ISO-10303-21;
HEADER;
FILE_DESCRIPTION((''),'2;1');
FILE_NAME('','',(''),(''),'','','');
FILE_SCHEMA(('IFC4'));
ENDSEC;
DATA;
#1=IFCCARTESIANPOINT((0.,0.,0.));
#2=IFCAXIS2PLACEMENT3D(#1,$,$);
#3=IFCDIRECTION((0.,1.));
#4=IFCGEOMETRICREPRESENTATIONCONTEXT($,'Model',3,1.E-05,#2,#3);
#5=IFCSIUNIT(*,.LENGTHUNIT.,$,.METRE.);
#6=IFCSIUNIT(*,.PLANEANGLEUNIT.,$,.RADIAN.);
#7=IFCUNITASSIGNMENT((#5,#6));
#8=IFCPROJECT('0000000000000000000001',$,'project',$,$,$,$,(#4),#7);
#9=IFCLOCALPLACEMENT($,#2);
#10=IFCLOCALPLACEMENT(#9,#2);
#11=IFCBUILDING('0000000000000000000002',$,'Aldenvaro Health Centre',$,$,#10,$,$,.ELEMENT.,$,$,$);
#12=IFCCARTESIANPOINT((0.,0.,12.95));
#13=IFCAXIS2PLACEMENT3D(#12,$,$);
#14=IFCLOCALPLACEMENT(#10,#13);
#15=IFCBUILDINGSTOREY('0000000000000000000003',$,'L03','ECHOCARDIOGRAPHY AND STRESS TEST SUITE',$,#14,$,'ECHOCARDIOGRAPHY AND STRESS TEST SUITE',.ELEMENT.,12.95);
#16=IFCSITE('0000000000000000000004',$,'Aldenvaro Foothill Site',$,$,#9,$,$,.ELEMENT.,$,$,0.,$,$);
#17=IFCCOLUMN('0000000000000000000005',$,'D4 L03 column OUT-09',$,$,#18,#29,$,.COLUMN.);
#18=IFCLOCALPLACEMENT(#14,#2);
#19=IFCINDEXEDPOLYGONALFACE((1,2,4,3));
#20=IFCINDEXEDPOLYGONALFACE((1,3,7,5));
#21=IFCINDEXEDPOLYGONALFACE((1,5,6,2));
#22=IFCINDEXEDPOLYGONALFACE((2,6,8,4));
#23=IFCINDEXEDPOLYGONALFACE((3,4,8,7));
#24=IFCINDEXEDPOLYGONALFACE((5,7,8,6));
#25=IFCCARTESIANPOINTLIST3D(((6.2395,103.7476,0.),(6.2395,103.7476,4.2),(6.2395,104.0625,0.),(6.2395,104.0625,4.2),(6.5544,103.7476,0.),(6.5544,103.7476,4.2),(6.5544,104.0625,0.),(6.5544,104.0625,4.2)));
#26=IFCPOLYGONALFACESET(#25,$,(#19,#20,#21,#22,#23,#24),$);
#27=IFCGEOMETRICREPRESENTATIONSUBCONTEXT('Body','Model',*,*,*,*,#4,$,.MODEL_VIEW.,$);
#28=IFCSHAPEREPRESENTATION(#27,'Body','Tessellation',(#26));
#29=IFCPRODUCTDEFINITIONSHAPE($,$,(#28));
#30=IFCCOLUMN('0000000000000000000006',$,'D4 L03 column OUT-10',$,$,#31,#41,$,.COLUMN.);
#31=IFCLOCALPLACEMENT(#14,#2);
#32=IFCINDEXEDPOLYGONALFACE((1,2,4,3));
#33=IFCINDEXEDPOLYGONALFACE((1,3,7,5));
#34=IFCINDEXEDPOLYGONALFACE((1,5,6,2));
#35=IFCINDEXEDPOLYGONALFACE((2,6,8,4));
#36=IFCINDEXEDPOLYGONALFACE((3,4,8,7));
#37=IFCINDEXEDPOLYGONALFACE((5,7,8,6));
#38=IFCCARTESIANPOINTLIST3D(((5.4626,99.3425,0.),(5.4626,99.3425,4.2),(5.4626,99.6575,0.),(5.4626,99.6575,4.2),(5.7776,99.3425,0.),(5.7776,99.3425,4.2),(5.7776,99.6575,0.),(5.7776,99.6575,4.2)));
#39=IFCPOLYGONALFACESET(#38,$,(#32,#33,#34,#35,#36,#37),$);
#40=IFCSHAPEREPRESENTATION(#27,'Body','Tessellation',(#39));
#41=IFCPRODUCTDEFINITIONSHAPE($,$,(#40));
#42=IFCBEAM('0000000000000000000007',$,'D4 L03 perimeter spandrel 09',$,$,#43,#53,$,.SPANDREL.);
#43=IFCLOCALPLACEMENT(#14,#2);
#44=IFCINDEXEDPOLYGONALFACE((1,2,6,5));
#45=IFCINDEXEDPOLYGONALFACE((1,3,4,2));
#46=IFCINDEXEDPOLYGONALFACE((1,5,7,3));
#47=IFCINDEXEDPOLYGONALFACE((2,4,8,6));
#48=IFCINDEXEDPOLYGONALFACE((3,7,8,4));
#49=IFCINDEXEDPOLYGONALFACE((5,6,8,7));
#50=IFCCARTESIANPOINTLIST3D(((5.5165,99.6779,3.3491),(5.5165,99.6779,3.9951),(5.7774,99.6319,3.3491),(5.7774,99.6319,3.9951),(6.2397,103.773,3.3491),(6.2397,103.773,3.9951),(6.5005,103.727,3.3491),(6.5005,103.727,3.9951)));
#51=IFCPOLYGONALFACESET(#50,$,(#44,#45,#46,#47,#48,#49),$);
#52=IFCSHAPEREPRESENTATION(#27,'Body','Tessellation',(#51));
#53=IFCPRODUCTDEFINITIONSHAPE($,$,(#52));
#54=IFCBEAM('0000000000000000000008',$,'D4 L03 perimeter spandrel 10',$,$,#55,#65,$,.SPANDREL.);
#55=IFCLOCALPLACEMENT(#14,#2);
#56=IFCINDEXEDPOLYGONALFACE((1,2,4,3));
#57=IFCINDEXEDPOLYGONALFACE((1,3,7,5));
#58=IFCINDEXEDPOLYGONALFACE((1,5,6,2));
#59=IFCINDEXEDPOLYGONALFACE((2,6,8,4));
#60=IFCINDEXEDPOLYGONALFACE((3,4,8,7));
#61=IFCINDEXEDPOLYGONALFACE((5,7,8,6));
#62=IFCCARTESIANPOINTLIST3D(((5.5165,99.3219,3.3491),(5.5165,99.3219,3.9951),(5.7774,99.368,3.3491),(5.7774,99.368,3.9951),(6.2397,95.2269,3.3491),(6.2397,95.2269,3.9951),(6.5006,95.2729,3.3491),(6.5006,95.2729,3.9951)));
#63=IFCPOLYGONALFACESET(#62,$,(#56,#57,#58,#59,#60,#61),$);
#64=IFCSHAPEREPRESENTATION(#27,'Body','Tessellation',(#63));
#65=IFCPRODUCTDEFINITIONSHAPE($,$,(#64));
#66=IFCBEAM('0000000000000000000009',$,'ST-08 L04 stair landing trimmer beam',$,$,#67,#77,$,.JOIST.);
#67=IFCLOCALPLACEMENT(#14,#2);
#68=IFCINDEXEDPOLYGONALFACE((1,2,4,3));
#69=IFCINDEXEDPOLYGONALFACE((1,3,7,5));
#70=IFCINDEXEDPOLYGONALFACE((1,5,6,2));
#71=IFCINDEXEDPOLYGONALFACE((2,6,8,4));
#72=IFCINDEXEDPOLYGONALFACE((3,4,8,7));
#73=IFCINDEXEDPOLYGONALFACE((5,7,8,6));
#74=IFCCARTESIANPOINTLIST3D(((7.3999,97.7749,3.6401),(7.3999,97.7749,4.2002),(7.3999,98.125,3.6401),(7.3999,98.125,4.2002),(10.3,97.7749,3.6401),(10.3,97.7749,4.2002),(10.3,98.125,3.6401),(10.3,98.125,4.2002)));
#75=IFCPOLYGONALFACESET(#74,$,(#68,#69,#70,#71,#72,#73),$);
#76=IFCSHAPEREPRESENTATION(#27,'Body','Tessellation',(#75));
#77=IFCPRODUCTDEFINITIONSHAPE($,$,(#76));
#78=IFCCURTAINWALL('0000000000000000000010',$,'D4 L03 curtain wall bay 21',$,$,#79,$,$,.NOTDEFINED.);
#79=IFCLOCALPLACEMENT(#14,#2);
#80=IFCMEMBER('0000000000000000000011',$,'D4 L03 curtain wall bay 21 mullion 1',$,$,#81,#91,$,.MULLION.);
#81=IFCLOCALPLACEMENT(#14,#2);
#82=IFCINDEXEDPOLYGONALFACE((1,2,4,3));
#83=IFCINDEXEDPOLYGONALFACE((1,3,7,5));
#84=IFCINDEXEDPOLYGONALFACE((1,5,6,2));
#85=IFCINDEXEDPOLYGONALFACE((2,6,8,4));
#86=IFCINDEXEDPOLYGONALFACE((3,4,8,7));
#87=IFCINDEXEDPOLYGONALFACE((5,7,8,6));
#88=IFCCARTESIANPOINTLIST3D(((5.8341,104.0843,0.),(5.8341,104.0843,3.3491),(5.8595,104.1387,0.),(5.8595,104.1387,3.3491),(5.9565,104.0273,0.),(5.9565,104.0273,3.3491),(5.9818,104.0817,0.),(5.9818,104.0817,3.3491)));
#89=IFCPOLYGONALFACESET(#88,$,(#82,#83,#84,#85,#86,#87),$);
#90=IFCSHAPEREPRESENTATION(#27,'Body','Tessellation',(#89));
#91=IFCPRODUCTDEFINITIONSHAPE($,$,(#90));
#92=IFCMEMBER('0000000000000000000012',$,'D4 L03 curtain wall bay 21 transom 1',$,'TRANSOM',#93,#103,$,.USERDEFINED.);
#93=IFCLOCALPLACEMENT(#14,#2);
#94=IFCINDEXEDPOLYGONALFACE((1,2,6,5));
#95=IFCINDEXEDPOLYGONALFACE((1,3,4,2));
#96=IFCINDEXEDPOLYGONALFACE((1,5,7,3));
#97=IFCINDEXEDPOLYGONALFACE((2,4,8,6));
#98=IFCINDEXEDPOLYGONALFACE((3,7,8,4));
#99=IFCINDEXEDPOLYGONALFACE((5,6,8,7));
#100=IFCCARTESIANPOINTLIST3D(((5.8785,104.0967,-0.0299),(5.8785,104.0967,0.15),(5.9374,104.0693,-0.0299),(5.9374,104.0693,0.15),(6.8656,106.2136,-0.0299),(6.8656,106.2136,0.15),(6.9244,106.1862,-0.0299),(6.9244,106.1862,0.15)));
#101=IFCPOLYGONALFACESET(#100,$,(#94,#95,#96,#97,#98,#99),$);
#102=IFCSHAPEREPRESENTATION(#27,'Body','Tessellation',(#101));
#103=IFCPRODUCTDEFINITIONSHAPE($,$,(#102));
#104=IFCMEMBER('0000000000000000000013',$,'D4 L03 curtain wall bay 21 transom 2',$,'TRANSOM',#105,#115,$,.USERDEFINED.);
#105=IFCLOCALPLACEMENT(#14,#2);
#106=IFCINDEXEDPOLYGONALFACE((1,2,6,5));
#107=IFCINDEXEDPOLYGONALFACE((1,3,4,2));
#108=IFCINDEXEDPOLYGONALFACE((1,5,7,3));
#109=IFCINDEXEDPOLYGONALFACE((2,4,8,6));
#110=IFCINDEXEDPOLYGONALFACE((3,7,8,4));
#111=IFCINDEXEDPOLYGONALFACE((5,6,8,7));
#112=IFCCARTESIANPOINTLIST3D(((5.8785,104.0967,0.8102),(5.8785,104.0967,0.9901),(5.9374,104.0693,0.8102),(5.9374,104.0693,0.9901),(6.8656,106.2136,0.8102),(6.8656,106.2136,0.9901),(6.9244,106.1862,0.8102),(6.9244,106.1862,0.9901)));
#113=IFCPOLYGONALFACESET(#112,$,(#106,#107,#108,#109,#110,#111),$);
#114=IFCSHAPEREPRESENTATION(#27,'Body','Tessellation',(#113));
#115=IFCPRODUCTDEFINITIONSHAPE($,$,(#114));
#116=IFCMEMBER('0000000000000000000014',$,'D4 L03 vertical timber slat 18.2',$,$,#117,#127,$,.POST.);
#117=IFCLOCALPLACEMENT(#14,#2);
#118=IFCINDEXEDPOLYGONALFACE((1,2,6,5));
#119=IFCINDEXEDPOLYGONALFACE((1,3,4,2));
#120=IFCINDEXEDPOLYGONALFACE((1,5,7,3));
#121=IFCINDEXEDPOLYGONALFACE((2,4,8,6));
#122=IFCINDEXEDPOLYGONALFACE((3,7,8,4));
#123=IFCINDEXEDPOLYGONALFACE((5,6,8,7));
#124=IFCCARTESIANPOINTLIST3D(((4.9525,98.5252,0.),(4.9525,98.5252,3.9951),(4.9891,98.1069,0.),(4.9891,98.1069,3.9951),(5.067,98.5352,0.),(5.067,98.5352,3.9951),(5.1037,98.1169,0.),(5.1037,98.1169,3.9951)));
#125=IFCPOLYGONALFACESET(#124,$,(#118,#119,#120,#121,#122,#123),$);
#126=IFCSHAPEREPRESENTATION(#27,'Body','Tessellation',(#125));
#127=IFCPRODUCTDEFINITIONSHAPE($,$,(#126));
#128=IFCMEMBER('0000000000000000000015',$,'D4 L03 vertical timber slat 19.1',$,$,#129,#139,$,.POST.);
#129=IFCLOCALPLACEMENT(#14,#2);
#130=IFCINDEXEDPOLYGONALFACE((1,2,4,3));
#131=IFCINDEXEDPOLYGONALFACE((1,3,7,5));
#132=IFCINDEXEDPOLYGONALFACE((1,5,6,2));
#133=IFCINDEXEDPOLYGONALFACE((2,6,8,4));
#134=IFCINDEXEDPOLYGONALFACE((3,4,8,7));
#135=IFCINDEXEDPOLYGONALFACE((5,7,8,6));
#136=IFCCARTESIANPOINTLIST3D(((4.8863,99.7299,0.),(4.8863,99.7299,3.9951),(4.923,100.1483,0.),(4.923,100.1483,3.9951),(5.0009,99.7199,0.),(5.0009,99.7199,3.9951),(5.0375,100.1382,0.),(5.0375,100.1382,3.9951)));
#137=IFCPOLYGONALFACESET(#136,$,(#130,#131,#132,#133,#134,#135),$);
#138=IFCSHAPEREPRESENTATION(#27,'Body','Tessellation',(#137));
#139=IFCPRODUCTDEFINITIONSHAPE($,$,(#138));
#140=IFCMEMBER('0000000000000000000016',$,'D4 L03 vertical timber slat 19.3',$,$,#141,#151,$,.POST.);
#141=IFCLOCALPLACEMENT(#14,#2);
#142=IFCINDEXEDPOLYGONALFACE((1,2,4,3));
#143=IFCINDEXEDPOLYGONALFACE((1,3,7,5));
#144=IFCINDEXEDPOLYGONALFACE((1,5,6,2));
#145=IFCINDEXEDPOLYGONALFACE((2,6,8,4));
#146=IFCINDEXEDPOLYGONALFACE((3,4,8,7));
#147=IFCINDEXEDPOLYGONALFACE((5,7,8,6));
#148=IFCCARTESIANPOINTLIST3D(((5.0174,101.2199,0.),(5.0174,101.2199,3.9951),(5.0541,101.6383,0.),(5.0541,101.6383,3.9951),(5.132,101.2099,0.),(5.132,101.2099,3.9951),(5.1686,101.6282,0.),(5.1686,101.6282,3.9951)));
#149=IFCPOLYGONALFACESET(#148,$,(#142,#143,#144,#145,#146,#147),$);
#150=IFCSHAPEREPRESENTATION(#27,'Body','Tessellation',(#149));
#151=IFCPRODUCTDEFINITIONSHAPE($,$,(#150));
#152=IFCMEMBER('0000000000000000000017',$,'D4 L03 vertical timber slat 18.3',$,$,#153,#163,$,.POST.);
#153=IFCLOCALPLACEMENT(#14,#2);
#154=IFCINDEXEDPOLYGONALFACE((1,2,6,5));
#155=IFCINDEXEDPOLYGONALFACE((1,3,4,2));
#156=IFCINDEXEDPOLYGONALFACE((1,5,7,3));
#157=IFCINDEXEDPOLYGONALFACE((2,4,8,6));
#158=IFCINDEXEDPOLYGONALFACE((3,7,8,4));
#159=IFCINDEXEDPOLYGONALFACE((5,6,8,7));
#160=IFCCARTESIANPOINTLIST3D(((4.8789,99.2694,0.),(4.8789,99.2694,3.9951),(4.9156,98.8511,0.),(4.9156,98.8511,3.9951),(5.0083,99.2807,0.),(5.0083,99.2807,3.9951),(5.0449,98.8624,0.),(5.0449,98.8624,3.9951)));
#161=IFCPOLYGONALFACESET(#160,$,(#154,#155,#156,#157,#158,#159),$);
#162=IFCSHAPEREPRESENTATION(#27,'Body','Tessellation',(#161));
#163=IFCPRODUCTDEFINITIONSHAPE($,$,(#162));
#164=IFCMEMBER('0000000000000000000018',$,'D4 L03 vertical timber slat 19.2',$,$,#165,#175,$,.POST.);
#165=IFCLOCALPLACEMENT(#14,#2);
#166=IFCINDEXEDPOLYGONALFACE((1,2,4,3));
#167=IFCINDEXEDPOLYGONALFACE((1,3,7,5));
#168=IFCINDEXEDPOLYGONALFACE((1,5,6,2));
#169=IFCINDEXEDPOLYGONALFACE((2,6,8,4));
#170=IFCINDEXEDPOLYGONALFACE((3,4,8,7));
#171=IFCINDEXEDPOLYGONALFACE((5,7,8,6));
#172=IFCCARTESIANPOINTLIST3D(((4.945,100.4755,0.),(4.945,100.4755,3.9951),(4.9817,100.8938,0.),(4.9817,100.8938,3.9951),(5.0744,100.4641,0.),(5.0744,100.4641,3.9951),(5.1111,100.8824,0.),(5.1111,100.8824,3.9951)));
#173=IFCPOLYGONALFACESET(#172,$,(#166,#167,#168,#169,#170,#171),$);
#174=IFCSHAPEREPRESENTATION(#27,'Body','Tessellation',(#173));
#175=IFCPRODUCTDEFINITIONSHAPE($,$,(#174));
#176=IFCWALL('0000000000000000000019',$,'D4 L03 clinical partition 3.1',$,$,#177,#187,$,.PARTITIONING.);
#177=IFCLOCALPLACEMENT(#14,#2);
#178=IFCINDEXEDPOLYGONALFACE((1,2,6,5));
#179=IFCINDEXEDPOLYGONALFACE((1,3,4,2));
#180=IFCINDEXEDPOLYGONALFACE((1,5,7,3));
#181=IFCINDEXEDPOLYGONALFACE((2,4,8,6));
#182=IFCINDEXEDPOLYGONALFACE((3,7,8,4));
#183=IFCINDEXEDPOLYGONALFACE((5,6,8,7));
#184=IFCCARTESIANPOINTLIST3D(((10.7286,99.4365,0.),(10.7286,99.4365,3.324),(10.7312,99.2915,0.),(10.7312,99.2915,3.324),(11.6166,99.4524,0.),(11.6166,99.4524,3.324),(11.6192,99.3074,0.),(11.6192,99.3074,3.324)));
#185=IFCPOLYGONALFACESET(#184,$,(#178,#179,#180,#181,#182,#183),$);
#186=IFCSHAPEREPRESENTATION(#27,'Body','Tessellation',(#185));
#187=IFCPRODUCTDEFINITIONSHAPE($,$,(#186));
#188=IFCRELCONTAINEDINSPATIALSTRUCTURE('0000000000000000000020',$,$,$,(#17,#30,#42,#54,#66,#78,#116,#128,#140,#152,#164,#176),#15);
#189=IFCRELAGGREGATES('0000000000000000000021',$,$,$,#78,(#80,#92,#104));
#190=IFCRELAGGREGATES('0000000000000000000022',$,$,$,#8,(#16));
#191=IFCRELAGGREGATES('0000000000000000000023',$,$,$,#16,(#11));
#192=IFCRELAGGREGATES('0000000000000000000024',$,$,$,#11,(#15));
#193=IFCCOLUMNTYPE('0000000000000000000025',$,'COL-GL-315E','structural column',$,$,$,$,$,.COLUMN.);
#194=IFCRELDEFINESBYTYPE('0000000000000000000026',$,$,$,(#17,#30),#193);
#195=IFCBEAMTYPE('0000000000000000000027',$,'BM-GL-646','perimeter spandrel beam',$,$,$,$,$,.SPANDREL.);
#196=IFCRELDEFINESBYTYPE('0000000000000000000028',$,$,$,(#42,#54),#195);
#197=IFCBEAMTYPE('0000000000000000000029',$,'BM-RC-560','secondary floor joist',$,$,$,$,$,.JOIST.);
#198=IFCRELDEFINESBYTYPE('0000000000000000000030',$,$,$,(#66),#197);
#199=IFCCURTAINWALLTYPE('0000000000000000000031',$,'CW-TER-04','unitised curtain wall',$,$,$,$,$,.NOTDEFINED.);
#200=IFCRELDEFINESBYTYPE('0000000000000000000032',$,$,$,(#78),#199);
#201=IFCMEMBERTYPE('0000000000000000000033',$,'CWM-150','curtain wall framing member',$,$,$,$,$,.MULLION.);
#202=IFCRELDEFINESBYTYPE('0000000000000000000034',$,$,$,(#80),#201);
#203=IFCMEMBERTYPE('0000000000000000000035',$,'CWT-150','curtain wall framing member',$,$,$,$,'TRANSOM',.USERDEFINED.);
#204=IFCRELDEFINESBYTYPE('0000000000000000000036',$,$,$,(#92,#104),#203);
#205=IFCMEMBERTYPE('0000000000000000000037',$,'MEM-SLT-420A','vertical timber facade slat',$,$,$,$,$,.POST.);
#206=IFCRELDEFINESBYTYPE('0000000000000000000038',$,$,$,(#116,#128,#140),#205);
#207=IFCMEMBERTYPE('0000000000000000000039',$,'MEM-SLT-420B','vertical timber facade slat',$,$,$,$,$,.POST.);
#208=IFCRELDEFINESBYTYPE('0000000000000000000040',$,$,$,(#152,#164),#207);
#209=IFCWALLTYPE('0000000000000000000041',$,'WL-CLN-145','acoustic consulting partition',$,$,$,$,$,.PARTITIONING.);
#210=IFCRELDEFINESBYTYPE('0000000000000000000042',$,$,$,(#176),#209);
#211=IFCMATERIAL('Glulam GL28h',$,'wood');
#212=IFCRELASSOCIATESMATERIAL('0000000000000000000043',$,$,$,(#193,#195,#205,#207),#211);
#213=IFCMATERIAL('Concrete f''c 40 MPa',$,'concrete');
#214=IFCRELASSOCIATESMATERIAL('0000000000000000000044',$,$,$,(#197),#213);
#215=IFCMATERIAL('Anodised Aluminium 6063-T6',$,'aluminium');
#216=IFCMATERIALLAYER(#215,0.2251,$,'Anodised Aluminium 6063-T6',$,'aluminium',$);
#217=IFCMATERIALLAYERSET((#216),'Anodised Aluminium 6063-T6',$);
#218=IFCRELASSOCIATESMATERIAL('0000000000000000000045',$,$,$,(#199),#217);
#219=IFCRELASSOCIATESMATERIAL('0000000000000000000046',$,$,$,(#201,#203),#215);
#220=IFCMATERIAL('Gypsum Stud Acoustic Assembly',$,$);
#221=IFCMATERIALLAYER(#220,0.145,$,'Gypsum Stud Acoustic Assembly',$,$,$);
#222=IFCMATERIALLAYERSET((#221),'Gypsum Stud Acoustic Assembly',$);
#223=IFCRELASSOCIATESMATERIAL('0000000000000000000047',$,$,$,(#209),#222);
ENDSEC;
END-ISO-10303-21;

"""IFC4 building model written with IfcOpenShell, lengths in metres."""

from ifc_helpers import new_model, si_unit, direction, frame, frame_2d, origin, origin_2d, place, context, subcontext, project, spatial, rectangle, extrude, material, layer, layer_set, material_profile, profile_set, type_object, element, aggregate, save


model = new_model("IFC4")

# Units and contexts
model_context = context("Model", 3, precision=1e-05, world=origin(), true_north=direction((0.0, 1.0)))
body_context = subcontext(model_context, "Body", "Model", "MODEL_VIEW")
ifc_project = project(units=[si_unit("LENGTHUNIT", "METRE"), si_unit("PLANEANGLEUNIT", "RADIAN")], contexts=[model_context])

# Site, building, storey
site_placement = place(None, origin())
site = spatial("IfcSite", under=ifc_project, at=site_placement, Name="Aldenvaro Foothill Site", CompositionType="ELEMENT", RefElevation=0.0)
building_placement = place(site_placement, origin())
building = spatial("IfcBuilding", under=site, at=building_placement, Name="Aldenvaro Health Centre", CompositionType="ELEMENT")
storey_placement = place(building_placement, frame((0.0, 0.0, 12.95)))
storey = spatial("IfcBuildingStorey", under=building, at=storey_placement, Name="L03", Description="ECHOCARDIOGRAPHY AND STRESS TEST SUITE", LongName="ECHOCARDIOGRAPHY AND STRESS TEST SUITE", CompositionType="ELEMENT", Elevation=12.95)

# Columns
ifc_material_1 = material(Name="Glulam GL28h", Category="wood")
ifc_material_profile_1 = material_profile(ifc_material_1, rectangle(XDim=0.3149, YDim=0.3149, at=origin_2d()), Name="GL 315x315", Category="wood")
ifc_profile_set_1 = profile_set([ifc_material_profile_1], Name="Glulam GL28h")
column_type = type_object("IfcColumnType", Name="COL-GL-315E", Description="structural column", PredefinedType="COLUMN", material=ifc_profile_set_1)
for number, where, z_axis, x_axis, name in (
    (1, (6.397, 103.905, 0.0), (0.0, 0.0, 1.0), (1.0, 0.0, 0.0), "D4 L03 column OUT-09"),
    (2, (5.6201, 99.5, 0.0), (0.0, 0.0, 1.0), (1.0, 0.0, 0.0), "D4 L03 column OUT-10"),
):
    element("IfcColumn", number, at=place(storey_placement, frame(where, z_axis=z_axis, x_axis=x_axis)), inside=storey, type_object=column_type, Name=name, PredefinedType="COLUMN", context=body_context, shape_type="SweptSolid", body=[
        extrude(rectangle(XDim=0.3149, YDim=0.3149, at=origin_2d()), origin(), (0.0, 0.0, 1.0), 4.2),
    ])

# Beams
ifc_material_profile_2 = material_profile(ifc_material_1, rectangle(XDim=0.2649, YDim=0.646, at=origin_2d()), Name="GL 265x646", Category="wood")
ifc_profile_set_2 = profile_set([ifc_material_profile_2], Name="Glulam GL28h")
beam_type_1 = type_object("IfcBeamType", Name="BM-GL-646", Description="perimeter spandrel beam", PredefinedType="SPANDREL", material=ifc_profile_set_2)
for number, where, z_axis, x_axis, name in (
    (3, (6.3701, 103.75, 3.6721), (-0.173903, -0.984763, 0.0), (0.984763, -0.173903, 0.0), "D4 L03 perimeter spandrel 09"),
    (4, (5.647, 99.345, 3.6721), (0.173903, -0.984763, 0.0), (0.984763, 0.173903, 0.0), "D4 L03 perimeter spandrel 10"),
):
    element("IfcBeam", number, at=place(storey_placement, frame(where, z_axis=z_axis, x_axis=x_axis)), inside=storey, type_object=beam_type_1, Name=name, PredefinedType="SPANDREL", context=body_context, shape_type="SweptSolid", body=[
        extrude(rectangle(XDim=0.2649, YDim=0.646, at=origin_2d()), origin(), (0.0, 0.0, 1.0), 4.1584),
    ])
ifc_material_2 = material(Name="Concrete f'c 40 MPa", Category="concrete")
ifc_material_profile_3 = material_profile(ifc_material_2, rectangle(XDim=0.3501, YDim=0.5601, at=origin_2d()), Name="RC 350x560", Category="concrete")
ifc_profile_set_3 = profile_set([ifc_material_profile_3], Name="Concrete f'c 40 MPa")
beam_type_2 = type_object("IfcBeamType", Name="BM-RC-560", Description="secondary floor joist", PredefinedType="JOIST", material=ifc_profile_set_3)
beam_placement = place(storey_placement, frame((10.3, 97.95, 3.9202), z_axis=(-1.0, 0.0, 0.0), x_axis=(0.0, -1.0, 0.0)))
element("IfcBeam", 5, at=beam_placement, inside=storey, type_object=beam_type_2, Name="ST-08 L04 stair landing trimmer beam", PredefinedType="JOIST", context=body_context, shape_type="SweptSolid", body=[
    extrude(rectangle(XDim=0.3501, YDim=0.5601, at=origin_2d()), origin(), (0.0, 0.0, 1.0), 2.9001),
])

# Curtain wall, members
ifc_material_3 = material(Name="Anodised Aluminium 6063-T6", Category="aluminium")
ifc_layer_1 = layer(ifc_material_3, 0.2251, Name="Anodised Aluminium 6063-T6", Category="aluminium")
ifc_layer_set_1 = layer_set([ifc_layer_1], Name="Anodised Aluminium 6063-T6")
curtain_wall_type = type_object("IfcCurtainWallType", Name="CW-TER-04", Description="unitised curtain wall", PredefinedType="NOTDEFINED", material=ifc_layer_set_1)
curtain_wall_placement = place(storey_placement, origin())
curtain_wall = element("IfcCurtainWall", 6, at=curtain_wall_placement, inside=storey, type_object=curtain_wall_type, Name="D4 L03 curtain wall bay 21", PredefinedType="NOTDEFINED")
ifc_material_profile_4 = material_profile(ifc_material_3, rectangle(XDim=0.0601, YDim=0.135, at=origin_2d()), Name="ALU 60x135", Category="aluminium")
ifc_profile_set_4 = profile_set([ifc_material_profile_4], Name="Anodised Aluminium 6063-T6")
member_type_1 = type_object("IfcMemberType", Name="CWM-150", Description="curtain wall framing member", PredefinedType="MULLION", material=ifc_profile_set_4)
member_1_placement = place(storey_placement, frame((5.908, 104.083, 0.0), z_axis=(0.0, 0.0, 1.0), x_axis=(0.422557, 0.906336, 0.0)))
member_1 = element("IfcMember", 7, at=member_1_placement, type_object=member_type_1, Name="D4 L03 curtain wall bay 21 mullion 1", PredefinedType="MULLION", context=body_context, shape_type="SweptSolid", body=[
    extrude(rectangle(XDim=0.0601, YDim=0.135, at=origin_2d()), origin(), (0.0, 0.0, 1.0), 3.3491),
])
ifc_material_profile_5 = material_profile(ifc_material_3, rectangle(XDim=0.0649, YDim=0.1799, at=origin_2d()), Name="ALU 65x180", Category="aluminium")
ifc_profile_set_5 = profile_set([ifc_material_profile_5], Name="Anodised Aluminium 6063-T6")
member_type_2 = type_object("IfcMemberType", Name="CWT-150", Description="curtain wall framing member", ElementType="TRANSOM", PredefinedType="USERDEFINED", material=ifc_profile_set_5)
member_2_placement = place(storey_placement, frame((5.908, 104.083, 0.0601), z_axis=(0.422588, 0.906322, 0.0), x_axis=(-0.906322, 0.422588, 0.0)))
member_2 = element("IfcMember", 8, at=member_2_placement, type_object=member_type_2, Name="D4 L03 curtain wall bay 21 transom 1", ObjectType="TRANSOM", PredefinedType="USERDEFINED", context=body_context, shape_type="SweptSolid", body=[
    extrude(rectangle(XDim=0.0649, YDim=0.1799, at=origin_2d()), origin(), (0.0, 0.0, 1.0), 2.3357),
])
member_3_placement = place(storey_placement, frame((5.908, 104.083, 0.9001), z_axis=(0.422588, 0.906322, 0.0), x_axis=(-0.906322, 0.422588, 0.0)))
member_3 = element("IfcMember", 9, at=member_3_placement, type_object=member_type_2, Name="D4 L03 curtain wall bay 21 transom 2", ObjectType="TRANSOM", PredefinedType="USERDEFINED", context=body_context, shape_type="SweptSolid", body=[
    extrude(rectangle(XDim=0.0649, YDim=0.1799, at=origin_2d()), origin(), (0.0, 0.0, 1.0), 2.3357),
])
aggregate(curtain_wall, [member_1, member_2, member_3])

# Members
ifc_material_profile_6 = material_profile(ifc_material_1, rectangle(XDim=0.115, YDim=0.4199, at=origin_2d()), Name="GL 115x420", Category="wood")
ifc_profile_set_6 = profile_set([ifc_material_profile_6], Name="Glulam GL28h")
member_type_3 = type_object("IfcMemberType", Name="MEM-SLT-420A", Description="vertical timber facade slat", PredefinedType="POST", material=ifc_profile_set_6)
for number, where, z_axis, x_axis, name in (
    (10, (5.0281, 98.321, 0.0), (0.0, 0.0, 1.0), (-0.996179, -0.087332, 0.0), "D4 L03 vertical timber slat 18.2"),
    (11, (4.9619, 99.9341, 0.0), (0.0, 0.0, 1.0), (-0.996179, 0.087332, 0.0), "D4 L03 vertical timber slat 19.1"),
    (12, (5.093, 101.4241, 0.0), (0.0, 0.0, 1.0), (-0.996179, 0.087332, 0.0), "D4 L03 vertical timber slat 19.3"),
):
    element("IfcMember", number, at=place(storey_placement, frame(where, z_axis=z_axis, x_axis=x_axis)), inside=storey, type_object=member_type_3, Name=name, PredefinedType="POST", context=body_context, shape_type="SweptSolid", body=[
        extrude(rectangle(XDim=0.115, YDim=0.4199, at=origin_2d()), origin(), (0.0, 0.0, 1.0), 3.9951),
    ])
ifc_material_profile_7 = material_profile(ifc_material_1, rectangle(XDim=0.1299, YDim=0.4199, at=origin_2d()), Name="GL 130x420", Category="wood")
ifc_profile_set_7 = profile_set([ifc_material_profile_7], Name="Glulam GL28h")
member_type_4 = type_object("IfcMemberType", Name="MEM-SLT-420B", Description="vertical timber facade slat", PredefinedType="POST", material=ifc_profile_set_7)
for number, where, z_axis, x_axis, name in (
    (13, (4.9619, 99.0659, 0.0), (0.0, 0.0, 1.0), (-0.996179, -0.087332, 0.0), "D4 L03 vertical timber slat 18.3"),
    (14, (5.0281, 100.679, 0.0), (0.0, 0.0, 1.0), (-0.996179, 0.087332, 0.0), "D4 L03 vertical timber slat 19.2"),
):
    element("IfcMember", number, at=place(storey_placement, frame(where, z_axis=z_axis, x_axis=x_axis)), inside=storey, type_object=member_type_4, Name=name, PredefinedType="POST", context=body_context, shape_type="SweptSolid", body=[
        extrude(rectangle(XDim=0.1299, YDim=0.4199, at=origin_2d()), origin(), (0.0, 0.0, 1.0), 3.9951),
    ])

# Wall
ifc_material_4 = material(Name="Gypsum Stud Acoustic Assembly")
ifc_layer_2 = layer(ifc_material_4, 0.145, Name="Gypsum Stud Acoustic Assembly")
ifc_layer_set_2 = layer_set([ifc_layer_2], Name="Gypsum Stud Acoustic Assembly")
wall_type_1 = type_object("IfcWallType", Name="WL-CLN-145", Description="acoustic consulting partition", PredefinedType="PARTITIONING", material=ifc_layer_set_2)
wall_1_placement = place(storey_placement, frame((11.6179, 99.3799, 0.0), z_axis=(0.0, 0.0, 1.0), x_axis=(-0.99984, -0.017869, 0.0)))
element("IfcWall", 15, at=wall_1_placement, inside=storey, type_object=wall_type_1, Name="D4 L03 clinical partition 3.1", PredefinedType="PARTITIONING", context=body_context, shape_type="SweptSolid", body=[
    extrude(rectangle(XDim=0.8882, YDim=0.145, at=frame_2d((0.4441, 0.0))), origin(), (0.0, 0.0, 1.0), 3.324),
])

save(model, "model.ifc")
